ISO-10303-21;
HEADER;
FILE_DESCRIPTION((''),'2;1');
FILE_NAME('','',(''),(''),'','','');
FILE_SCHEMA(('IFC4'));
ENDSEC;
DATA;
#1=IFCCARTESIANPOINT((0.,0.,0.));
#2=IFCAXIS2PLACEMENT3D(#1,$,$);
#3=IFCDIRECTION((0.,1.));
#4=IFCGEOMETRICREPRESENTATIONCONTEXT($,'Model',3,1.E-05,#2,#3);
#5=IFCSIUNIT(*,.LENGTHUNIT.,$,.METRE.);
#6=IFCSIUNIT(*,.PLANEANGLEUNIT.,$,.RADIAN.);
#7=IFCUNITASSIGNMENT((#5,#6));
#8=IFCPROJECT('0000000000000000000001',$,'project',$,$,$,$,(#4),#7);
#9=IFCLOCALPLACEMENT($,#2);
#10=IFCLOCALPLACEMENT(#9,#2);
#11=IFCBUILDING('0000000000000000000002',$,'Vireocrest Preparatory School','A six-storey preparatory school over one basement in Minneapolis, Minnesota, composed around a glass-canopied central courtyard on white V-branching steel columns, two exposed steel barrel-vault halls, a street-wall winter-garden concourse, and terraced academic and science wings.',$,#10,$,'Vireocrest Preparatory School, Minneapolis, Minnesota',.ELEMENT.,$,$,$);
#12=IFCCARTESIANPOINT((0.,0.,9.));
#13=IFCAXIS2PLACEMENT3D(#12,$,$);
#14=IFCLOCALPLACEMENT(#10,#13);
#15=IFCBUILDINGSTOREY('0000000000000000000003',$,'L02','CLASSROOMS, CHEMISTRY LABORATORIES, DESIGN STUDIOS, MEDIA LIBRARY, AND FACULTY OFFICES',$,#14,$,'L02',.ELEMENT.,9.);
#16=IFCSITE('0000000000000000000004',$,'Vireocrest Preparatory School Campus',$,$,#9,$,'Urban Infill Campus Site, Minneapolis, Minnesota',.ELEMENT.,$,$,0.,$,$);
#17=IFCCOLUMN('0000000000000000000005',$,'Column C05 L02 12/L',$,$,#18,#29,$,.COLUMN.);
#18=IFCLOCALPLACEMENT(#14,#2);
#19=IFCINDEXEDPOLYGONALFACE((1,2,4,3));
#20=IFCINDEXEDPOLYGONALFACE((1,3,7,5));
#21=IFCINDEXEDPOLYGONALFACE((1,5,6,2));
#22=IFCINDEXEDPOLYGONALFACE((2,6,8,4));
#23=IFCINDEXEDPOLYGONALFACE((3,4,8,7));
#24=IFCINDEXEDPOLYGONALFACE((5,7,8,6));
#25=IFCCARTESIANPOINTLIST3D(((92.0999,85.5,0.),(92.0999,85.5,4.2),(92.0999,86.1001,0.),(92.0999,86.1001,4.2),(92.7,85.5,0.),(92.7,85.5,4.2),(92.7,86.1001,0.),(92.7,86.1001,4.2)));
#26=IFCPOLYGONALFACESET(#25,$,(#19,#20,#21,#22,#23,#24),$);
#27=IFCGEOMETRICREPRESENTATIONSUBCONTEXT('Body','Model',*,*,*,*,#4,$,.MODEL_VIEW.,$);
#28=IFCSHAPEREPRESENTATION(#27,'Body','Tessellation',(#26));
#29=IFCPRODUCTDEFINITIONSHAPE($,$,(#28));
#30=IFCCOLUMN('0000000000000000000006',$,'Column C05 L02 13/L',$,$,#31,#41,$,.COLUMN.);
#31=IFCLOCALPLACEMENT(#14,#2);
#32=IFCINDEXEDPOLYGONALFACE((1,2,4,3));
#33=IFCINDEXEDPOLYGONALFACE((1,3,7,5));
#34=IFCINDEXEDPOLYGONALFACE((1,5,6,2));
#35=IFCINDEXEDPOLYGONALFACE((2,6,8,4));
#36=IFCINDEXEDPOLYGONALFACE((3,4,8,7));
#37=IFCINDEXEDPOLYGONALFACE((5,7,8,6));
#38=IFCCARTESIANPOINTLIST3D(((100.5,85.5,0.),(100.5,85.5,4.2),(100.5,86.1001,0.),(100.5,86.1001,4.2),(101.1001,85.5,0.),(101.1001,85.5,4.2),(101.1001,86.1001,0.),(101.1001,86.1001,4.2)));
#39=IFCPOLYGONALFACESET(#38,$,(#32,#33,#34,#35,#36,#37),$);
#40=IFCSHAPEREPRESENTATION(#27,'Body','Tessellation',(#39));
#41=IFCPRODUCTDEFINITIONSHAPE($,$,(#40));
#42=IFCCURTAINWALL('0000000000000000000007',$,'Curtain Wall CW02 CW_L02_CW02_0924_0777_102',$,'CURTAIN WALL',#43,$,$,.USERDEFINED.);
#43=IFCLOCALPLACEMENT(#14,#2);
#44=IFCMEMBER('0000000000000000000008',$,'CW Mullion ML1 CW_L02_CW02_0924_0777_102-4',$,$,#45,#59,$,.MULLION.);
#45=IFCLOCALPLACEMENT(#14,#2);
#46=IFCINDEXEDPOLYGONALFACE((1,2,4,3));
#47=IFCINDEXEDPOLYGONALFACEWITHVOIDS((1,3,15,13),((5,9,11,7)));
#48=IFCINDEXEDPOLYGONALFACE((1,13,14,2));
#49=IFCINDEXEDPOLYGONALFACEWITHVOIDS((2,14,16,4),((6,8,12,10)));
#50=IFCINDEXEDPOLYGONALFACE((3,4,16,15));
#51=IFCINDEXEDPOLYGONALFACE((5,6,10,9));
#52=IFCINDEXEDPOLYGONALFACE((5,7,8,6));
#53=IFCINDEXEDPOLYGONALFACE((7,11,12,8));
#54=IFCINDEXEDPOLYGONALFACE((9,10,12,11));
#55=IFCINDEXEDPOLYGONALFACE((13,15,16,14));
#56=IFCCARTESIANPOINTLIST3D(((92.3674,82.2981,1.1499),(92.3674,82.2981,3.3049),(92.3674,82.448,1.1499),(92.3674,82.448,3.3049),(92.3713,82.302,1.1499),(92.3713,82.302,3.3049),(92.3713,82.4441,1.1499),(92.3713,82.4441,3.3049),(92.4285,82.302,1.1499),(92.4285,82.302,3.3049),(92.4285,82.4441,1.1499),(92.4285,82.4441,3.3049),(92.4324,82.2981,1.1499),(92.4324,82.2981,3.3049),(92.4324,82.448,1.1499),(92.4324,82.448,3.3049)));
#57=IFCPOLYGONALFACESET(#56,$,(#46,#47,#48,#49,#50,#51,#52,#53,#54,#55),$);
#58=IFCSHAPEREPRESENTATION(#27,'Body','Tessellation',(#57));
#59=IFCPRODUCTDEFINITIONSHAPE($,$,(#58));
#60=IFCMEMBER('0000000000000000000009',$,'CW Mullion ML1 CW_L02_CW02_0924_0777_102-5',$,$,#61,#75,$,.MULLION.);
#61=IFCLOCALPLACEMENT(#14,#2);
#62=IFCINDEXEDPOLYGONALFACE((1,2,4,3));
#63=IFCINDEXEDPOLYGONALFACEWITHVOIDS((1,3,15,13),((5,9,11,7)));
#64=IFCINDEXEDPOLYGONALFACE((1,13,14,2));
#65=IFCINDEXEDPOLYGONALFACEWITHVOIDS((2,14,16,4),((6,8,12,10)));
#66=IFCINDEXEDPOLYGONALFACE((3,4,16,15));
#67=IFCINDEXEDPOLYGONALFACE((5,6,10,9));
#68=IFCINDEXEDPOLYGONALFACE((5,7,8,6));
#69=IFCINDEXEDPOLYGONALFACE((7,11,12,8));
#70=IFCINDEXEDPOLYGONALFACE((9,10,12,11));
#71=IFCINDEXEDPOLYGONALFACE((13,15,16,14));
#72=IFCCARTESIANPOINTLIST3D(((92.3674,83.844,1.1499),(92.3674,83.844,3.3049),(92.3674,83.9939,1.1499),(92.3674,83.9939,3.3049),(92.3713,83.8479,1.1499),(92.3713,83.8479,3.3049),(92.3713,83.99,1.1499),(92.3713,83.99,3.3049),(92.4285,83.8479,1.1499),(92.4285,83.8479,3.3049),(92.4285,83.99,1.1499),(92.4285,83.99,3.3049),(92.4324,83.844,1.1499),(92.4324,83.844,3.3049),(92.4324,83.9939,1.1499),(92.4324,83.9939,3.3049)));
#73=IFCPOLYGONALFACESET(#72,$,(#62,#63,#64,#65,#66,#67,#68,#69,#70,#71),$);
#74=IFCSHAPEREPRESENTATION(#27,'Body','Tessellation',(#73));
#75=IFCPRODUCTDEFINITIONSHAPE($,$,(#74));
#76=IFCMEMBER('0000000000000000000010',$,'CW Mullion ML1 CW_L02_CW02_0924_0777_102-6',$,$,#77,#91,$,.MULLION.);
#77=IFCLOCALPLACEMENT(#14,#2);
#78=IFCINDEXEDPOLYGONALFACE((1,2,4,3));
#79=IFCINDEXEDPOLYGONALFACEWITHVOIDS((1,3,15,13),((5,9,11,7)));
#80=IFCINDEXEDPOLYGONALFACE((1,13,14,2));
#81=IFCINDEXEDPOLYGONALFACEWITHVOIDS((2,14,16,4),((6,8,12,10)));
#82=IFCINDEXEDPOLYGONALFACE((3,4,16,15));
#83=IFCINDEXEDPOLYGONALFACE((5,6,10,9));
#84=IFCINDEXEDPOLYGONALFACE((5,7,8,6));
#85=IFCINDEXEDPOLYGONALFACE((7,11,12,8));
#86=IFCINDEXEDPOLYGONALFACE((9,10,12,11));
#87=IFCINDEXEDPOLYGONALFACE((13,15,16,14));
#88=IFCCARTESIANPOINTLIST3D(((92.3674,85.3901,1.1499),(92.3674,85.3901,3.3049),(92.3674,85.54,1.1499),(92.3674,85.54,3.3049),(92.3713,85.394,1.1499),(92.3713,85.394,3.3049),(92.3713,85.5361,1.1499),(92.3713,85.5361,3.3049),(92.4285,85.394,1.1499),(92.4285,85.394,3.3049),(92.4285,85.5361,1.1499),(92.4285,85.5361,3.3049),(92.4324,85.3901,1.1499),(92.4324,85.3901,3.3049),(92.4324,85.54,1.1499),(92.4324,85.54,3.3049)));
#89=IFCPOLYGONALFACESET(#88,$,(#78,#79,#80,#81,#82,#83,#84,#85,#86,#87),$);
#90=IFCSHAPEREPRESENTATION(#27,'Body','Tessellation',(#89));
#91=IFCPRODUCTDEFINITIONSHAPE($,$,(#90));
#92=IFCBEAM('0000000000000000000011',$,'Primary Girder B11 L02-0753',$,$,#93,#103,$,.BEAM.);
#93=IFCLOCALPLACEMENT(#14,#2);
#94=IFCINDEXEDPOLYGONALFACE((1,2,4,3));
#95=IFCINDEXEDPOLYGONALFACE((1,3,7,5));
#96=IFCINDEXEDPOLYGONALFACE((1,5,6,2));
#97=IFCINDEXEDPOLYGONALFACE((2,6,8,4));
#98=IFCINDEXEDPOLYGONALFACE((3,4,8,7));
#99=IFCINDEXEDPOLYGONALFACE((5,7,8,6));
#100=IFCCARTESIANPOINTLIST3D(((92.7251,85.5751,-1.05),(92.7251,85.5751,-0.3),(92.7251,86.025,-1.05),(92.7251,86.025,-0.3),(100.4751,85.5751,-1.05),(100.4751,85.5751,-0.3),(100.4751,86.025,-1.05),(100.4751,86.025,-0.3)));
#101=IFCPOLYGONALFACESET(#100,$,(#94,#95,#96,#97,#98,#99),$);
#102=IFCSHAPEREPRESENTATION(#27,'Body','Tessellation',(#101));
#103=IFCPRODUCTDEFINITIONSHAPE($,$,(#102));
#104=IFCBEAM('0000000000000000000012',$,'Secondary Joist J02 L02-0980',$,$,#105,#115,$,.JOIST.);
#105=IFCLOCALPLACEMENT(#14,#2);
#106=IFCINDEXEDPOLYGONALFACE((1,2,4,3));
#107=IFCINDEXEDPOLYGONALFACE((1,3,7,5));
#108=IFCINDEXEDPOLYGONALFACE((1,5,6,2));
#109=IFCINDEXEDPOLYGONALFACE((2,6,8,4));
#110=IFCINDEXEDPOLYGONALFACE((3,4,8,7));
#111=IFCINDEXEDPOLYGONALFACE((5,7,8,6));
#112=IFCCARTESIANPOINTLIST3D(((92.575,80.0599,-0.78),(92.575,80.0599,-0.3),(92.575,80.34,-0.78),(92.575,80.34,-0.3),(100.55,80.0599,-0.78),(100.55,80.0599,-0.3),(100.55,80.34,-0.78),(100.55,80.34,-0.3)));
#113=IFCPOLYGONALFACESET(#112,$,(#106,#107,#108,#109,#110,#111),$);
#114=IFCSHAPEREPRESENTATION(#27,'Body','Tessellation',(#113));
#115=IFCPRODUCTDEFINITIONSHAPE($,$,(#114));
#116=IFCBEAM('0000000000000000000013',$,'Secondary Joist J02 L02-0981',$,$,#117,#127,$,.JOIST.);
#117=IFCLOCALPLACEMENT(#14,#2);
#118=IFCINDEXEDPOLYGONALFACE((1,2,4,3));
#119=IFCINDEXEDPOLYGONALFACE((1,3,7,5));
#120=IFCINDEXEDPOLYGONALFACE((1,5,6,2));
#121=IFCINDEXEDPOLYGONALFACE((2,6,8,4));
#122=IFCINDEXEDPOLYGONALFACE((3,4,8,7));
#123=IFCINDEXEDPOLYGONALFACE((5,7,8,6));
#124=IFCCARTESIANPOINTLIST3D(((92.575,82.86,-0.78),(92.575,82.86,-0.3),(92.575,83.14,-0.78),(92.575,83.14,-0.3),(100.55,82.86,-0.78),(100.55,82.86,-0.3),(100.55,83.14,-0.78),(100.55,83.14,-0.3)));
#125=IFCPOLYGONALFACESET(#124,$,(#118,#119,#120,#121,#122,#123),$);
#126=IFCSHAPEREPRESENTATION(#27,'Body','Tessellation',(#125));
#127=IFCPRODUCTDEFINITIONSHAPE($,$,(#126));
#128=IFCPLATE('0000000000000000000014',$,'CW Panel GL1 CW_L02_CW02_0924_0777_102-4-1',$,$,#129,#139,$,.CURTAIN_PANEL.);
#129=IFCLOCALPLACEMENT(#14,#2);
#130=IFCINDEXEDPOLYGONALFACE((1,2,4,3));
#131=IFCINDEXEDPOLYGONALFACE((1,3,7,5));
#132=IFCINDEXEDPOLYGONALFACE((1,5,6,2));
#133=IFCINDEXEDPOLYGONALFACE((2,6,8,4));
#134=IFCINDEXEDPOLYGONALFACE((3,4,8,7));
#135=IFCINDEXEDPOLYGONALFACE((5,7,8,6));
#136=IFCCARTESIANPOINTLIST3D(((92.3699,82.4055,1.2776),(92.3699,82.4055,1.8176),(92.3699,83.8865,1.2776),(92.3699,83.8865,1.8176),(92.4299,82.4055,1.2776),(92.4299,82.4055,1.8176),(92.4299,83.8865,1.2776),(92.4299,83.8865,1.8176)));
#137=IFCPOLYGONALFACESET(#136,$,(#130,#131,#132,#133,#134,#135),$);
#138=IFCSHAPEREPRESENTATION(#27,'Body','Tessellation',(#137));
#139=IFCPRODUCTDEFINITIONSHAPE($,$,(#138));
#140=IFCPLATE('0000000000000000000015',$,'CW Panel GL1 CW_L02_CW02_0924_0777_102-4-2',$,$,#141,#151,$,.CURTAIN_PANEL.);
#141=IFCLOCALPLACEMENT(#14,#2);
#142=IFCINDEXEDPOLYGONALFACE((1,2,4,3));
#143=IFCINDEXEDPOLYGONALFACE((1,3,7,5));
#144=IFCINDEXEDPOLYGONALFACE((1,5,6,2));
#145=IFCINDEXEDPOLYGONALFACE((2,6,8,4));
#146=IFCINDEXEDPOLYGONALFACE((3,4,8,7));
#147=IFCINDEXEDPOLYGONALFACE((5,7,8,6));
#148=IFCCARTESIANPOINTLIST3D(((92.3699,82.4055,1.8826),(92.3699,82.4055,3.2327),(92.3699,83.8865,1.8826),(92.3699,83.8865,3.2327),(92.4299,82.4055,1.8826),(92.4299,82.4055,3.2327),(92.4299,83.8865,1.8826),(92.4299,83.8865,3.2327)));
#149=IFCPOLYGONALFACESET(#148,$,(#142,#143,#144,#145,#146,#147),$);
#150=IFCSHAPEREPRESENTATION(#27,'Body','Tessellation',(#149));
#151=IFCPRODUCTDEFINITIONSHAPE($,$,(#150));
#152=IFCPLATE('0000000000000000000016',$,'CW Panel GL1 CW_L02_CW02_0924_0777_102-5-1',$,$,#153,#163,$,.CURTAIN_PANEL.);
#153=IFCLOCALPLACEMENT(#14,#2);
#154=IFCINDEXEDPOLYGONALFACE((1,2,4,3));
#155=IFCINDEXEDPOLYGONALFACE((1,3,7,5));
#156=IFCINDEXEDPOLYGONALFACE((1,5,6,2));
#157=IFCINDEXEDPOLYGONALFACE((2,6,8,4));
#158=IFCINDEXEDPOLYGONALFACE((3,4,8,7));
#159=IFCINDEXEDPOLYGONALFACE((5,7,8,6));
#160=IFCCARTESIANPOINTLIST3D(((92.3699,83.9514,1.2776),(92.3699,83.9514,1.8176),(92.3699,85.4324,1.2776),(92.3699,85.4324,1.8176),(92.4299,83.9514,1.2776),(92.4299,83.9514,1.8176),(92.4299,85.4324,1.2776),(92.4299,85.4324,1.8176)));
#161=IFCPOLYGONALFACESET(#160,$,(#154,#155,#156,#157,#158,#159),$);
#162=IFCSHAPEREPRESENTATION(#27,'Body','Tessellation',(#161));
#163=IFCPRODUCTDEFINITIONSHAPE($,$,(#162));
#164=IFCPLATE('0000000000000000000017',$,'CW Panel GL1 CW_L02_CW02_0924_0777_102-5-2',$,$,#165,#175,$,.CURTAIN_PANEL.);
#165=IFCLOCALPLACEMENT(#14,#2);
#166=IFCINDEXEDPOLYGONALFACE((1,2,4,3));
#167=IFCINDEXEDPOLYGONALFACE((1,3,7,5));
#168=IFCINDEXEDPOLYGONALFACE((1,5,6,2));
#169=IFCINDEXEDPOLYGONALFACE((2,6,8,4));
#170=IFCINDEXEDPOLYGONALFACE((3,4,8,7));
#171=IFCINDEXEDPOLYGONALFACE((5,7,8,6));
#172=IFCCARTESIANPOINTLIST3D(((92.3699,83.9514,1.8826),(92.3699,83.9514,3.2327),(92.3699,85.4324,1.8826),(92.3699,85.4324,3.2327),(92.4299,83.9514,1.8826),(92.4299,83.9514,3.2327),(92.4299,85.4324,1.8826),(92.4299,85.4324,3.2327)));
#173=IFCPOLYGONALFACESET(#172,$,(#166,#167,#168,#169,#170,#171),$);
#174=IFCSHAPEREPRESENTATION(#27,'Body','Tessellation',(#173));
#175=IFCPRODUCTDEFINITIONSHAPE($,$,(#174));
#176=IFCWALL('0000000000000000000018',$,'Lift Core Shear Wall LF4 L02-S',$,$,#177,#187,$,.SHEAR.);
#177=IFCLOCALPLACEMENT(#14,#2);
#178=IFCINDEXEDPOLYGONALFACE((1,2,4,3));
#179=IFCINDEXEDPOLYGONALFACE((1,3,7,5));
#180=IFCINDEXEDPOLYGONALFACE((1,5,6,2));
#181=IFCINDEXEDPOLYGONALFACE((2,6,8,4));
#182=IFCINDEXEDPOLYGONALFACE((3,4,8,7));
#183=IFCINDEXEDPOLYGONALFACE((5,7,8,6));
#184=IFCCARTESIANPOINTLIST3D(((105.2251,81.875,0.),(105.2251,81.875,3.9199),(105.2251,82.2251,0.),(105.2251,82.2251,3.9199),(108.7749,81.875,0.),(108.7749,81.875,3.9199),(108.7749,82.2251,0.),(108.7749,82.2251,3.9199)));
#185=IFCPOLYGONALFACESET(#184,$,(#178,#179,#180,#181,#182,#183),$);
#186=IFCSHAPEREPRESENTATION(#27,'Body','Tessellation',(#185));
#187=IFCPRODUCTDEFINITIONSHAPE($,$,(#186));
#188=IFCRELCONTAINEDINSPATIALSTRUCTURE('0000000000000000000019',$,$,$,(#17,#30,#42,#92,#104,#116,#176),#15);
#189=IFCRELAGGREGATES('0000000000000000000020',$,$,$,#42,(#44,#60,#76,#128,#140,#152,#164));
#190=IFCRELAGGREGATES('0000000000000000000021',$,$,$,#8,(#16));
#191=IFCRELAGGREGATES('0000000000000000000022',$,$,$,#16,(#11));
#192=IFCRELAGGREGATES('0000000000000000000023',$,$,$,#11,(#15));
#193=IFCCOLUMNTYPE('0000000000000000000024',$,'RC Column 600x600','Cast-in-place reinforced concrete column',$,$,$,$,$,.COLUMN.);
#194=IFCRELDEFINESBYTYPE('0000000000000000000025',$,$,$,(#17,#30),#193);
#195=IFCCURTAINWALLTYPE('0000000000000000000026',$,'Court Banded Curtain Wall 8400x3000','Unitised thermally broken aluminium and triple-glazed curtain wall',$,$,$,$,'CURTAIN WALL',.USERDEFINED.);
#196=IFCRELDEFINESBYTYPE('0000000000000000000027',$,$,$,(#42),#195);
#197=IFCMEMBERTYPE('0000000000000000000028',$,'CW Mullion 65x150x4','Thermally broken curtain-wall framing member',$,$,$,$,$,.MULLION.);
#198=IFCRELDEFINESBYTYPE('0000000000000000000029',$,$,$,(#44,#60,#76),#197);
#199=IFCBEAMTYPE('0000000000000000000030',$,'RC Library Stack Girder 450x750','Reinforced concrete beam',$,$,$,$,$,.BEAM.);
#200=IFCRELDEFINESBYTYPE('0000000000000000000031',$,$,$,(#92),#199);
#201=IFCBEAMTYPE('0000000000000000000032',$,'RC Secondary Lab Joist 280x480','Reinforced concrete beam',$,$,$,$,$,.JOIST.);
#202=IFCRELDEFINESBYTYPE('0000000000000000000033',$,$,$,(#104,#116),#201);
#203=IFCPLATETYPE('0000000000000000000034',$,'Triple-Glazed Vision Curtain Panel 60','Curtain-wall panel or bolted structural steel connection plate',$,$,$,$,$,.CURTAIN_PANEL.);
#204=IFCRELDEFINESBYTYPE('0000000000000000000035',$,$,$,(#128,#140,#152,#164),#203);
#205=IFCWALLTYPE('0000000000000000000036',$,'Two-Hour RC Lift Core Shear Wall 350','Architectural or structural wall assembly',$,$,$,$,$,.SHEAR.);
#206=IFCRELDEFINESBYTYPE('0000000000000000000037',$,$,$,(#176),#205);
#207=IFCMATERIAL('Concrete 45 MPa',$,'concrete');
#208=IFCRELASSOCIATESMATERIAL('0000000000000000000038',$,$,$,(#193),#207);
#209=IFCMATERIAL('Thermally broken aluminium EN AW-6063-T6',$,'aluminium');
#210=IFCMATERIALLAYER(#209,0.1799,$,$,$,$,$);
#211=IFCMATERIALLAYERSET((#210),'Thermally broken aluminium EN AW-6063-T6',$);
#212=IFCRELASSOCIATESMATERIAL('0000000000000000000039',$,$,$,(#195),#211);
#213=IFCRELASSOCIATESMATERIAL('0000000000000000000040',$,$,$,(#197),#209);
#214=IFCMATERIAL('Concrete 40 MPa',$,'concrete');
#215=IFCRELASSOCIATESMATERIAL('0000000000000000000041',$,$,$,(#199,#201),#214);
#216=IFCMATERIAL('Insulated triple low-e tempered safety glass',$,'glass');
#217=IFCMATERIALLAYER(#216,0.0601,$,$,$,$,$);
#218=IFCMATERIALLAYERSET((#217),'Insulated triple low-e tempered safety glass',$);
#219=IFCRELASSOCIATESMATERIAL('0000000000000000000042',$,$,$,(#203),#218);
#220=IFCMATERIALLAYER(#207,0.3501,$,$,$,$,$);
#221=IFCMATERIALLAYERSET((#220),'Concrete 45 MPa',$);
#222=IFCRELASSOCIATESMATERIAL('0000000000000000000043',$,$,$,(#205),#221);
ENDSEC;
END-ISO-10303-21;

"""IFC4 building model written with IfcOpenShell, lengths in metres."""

from ifc_helpers import new_model, si_unit, direction, frame, frame_2d, origin, origin_2d, place, context, subcontext, project, spatial, rectangle, hollow_rectangle, extrude, material, layer, layer_set, material_profile, profile_set, type_object, element, aggregate, save


model = new_model("IFC4")

# Units and contexts
model_context = context("Model", 3, precision=1e-05, world=origin(), true_north=direction((0.0, 1.0)))
body_context = subcontext(model_context, "Body", "Model", "MODEL_VIEW")
ifc_project = project(units=[si_unit("LENGTHUNIT", "METRE"), si_unit("PLANEANGLEUNIT", "RADIAN")], contexts=[model_context])

# Site, building, storey
site_placement = place(None, origin())
site = spatial("IfcSite", under=ifc_project, at=site_placement, Name="Vireocrest Preparatory School Campus", LongName="Urban Infill Campus Site, Minneapolis, Minnesota", CompositionType="ELEMENT", RefElevation=0.0)
building_placement = place(site_placement, origin())
building = spatial("IfcBuilding", under=site, at=building_placement, Name="Vireocrest Preparatory School", Description="A six-storey preparatory school over one basement in Minneapolis, Minnesota, composed around a glass-canopied central courtyard on white V-branching steel columns, two exposed steel barrel-vault halls, a street-wall winter-garden concourse, and terraced academic and science wings.", LongName="Vireocrest Preparatory School, Minneapolis, Minnesota", CompositionType="ELEMENT")
storey_placement = place(building_placement, frame((0.0, 0.0, 9.0)))
storey = spatial("IfcBuildingStorey", under=building, at=storey_placement, Name="L02", Description="CLASSROOMS, CHEMISTRY LABORATORIES, DESIGN STUDIOS, MEDIA LIBRARY, AND FACULTY OFFICES", LongName="L02", CompositionType="ELEMENT", Elevation=9.0)

# Columns
ifc_material_1 = material(Name="Concrete 45 MPa", Category="concrete")
ifc_material_profile_1 = material_profile(ifc_material_1, rectangle(XDim=0.6001, YDim=0.6001, at=origin_2d()), Name="RC 600x600")
ifc_profile_set_1 = profile_set([ifc_material_profile_1], Name="Concrete 45 MPa")
column_type = type_object("IfcColumnType", Name="RC Column 600x600", Description="Cast-in-place reinforced concrete column", PredefinedType="COLUMN", material=ifc_profile_set_1)
for number, where, z_axis, x_axis, name in (
    (1, (92.3999, 85.8, 0.0), (0.0, 0.0, 1.0), (1.0, 0.0, 0.0), "Column C05 L02 12/L"),
    (2, (100.8, 85.8, 0.0), (0.0, 0.0, 1.0), (1.0, 0.0, 0.0), "Column C05 L02 13/L"),
):
    element("IfcColumn", number, at=place(storey_placement, frame(where, z_axis=z_axis, x_axis=x_axis)), inside=storey, type_object=column_type, Name=name, PredefinedType="COLUMN", context=body_context, shape_type="SweptSolid", body=[
        extrude(rectangle(XDim=0.6001, YDim=0.6001, at=origin_2d()), origin(), (0.0, 0.0, 1.0), 4.2),
    ])

# Curtain wall, members
ifc_material_2 = material(Name="Thermally broken aluminium EN AW-6063-T6", Category="aluminium")
ifc_layer_1 = layer(ifc_material_2, 0.1799)
ifc_layer_set_1 = layer_set([ifc_layer_1], Name="Thermally broken aluminium EN AW-6063-T6")
curtain_wall_type = type_object("IfcCurtainWallType", Name="Court Banded Curtain Wall 8400x3000", Description="Unitised thermally broken aluminium and triple-glazed curtain wall", ElementType="CURTAIN WALL", PredefinedType="USERDEFINED", material=ifc_layer_set_1)
curtain_wall_placement = place(storey_placement, origin())
curtain_wall = element("IfcCurtainWall", 3, at=curtain_wall_placement, inside=storey, type_object=curtain_wall_type, Name="Curtain Wall CW02 CW_L02_CW02_0924_0777_102", ObjectType="CURTAIN WALL", PredefinedType="USERDEFINED")
ifc_material_profile_2 = material_profile(ifc_material_2, hollow_rectangle(XDim=0.0649, YDim=0.1499, WallThickness=0.0039, at=origin_2d()), Name="ALU 65x150x4")
ifc_profile_set_2 = profile_set([ifc_material_profile_2], Name="Thermally broken aluminium EN AW-6063-T6")
member_type = type_object("IfcMemberType", Name="CW Mullion 65x150x4", Description="Thermally broken curtain-wall framing member", PredefinedType="MULLION", material=ifc_profile_set_2)
member_1_placement = place(storey_placement, frame((92.3999, 82.373, 1.1499), z_axis=(0.0, 0.0, 1.0), x_axis=(1.0, 0.0, 0.0)))
member_1 = element("IfcMember", 4, at=member_1_placement, type_object=member_type, Name="CW Mullion ML1 CW_L02_CW02_0924_0777_102-4", PredefinedType="MULLION", context=body_context, shape_type="SweptSolid", body=[
    extrude(hollow_rectangle(XDim=0.0649, YDim=0.1499, WallThickness=0.0039, at=origin_2d()), origin(), (0.0, 0.0, 1.0), 2.155),
])
member_2_placement = place(storey_placement, frame((92.3999, 83.9189, 1.1499), z_axis=(0.0, 0.0, 1.0), x_axis=(1.0, 0.0, 0.0)))
member_2 = element("IfcMember", 5, at=member_2_placement, type_object=member_type, Name="CW Mullion ML1 CW_L02_CW02_0924_0777_102-5", PredefinedType="MULLION", context=body_context, shape_type="SweptSolid", body=[
    extrude(hollow_rectangle(XDim=0.0649, YDim=0.1499, WallThickness=0.0039, at=origin_2d()), origin(), (0.0, 0.0, 1.0), 2.155),
])
member_3_placement = place(storey_placement, frame((92.3999, 85.4651, 1.1499), z_axis=(0.0, 0.0, 1.0), x_axis=(1.0, 0.0, 0.0)))
member_3 = element("IfcMember", 6, at=member_3_placement, type_object=member_type, Name="CW Mullion ML1 CW_L02_CW02_0924_0777_102-6", PredefinedType="MULLION", context=body_context, shape_type="SweptSolid", body=[
    extrude(hollow_rectangle(XDim=0.0649, YDim=0.1499, WallThickness=0.0039, at=origin_2d()), origin(), (0.0, 0.0, 1.0), 2.155),
])

# Beams
ifc_material_3 = material(Name="Concrete 40 MPa", Category="concrete")
ifc_material_profile_3 = material_profile(ifc_material_3, rectangle(XDim=0.45, YDim=0.75, at=origin_2d()), Name="RC 450x750")
ifc_profile_set_3 = profile_set([ifc_material_profile_3], Name="Concrete 40 MPa")
beam_type_1 = type_object("IfcBeamType", Name="RC Library Stack Girder 450x750", Description="Reinforced concrete beam", PredefinedType="BEAM", material=ifc_profile_set_3)
beam_placement = place(storey_placement, frame((92.7251, 85.8, -0.675), z_axis=(1.0, 0.0, 0.0), x_axis=(0.0, 1.0, 0.0)))
element("IfcBeam", 7, at=beam_placement, inside=storey, type_object=beam_type_1, Name="Primary Girder B11 L02-0753", PredefinedType="BEAM", context=body_context, shape_type="SweptSolid", body=[
    extrude(rectangle(XDim=0.45, YDim=0.75, at=origin_2d()), origin(), (0.0, 0.0, 1.0), 7.75),
])
ifc_material_profile_4 = material_profile(ifc_material_3, rectangle(XDim=0.28, YDim=0.48, at=origin_2d()), Name="RC 280x480")
ifc_profile_set_4 = profile_set([ifc_material_profile_4], Name="Concrete 40 MPa")
beam_type_2 = type_object("IfcBeamType", Name="RC Secondary Lab Joist 280x480", Description="Reinforced concrete beam", PredefinedType="JOIST", material=ifc_profile_set_4)
for number, where, z_axis, x_axis, name in (
    (8, (92.575, 80.2, -0.54), (1.0, 0.0, 0.0), (0.0, 1.0, 0.0), "Secondary Joist J02 L02-0980"),
    (9, (92.575, 83.0, -0.54), (1.0, 0.0, 0.0), (0.0, 1.0, 0.0), "Secondary Joist J02 L02-0981"),
):
    element("IfcBeam", number, at=place(storey_placement, frame(where, z_axis=z_axis, x_axis=x_axis)), inside=storey, type_object=beam_type_2, Name=name, PredefinedType="JOIST", context=body_context, shape_type="SweptSolid", body=[
        extrude(rectangle(XDim=0.28, YDim=0.48, at=origin_2d()), origin(), (0.0, 0.0, 1.0), 7.9751),
    ])

# Plates
ifc_material_4 = material(Name="Insulated triple low-e tempered safety glass", Category="glass")
ifc_layer_2 = layer(ifc_material_4, 0.0601)
ifc_layer_set_2 = layer_set([ifc_layer_2], Name="Insulated triple low-e tempered safety glass")
plate_type = type_object("IfcPlateType", Name="Triple-Glazed Vision Curtain Panel 60", Description="Curtain-wall panel or bolted structural steel connection plate", PredefinedType="CURTAIN_PANEL", material=ifc_layer_set_2)
plate_1_placement = place(storey_placement, frame((92.3999, 83.146, 1.2776), z_axis=(0.0, 0.0, 1.0), x_axis=(0.0, 1.0, 0.0)))
plate_1 = element("IfcPlate", 10, at=plate_1_placement, type_object=plate_type, Name="CW Panel GL1 CW_L02_CW02_0924_0777_102-4-1", PredefinedType="CURTAIN_PANEL", context=body_context, shape_type="SweptSolid", body=[
    extrude(rectangle(XDim=1.481, YDim=0.0601, at=origin_2d()), origin(), (0.0, 0.0, 1.0), 0.54),
])
plate_2_placement = place(storey_placement, frame((92.3999, 83.146, 1.8826), z_axis=(0.0, 0.0, 1.0), x_axis=(0.0, 1.0, 0.0)))
plate_2 = element("IfcPlate", 11, at=plate_2_placement, type_object=plate_type, Name="CW Panel GL1 CW_L02_CW02_0924_0777_102-4-2", PredefinedType="CURTAIN_PANEL", context=body_context, shape_type="SweptSolid", body=[
    extrude(rectangle(XDim=1.481, YDim=0.0601, at=origin_2d()), origin(), (0.0, 0.0, 1.0), 1.3501),
])
plate_3_placement = place(storey_placement, frame((92.3999, 84.6919, 1.2776), z_axis=(0.0, 0.0, 1.0), x_axis=(0.0, 1.0, 0.0)))
plate_3 = element("IfcPlate", 12, at=plate_3_placement, type_object=plate_type, Name="CW Panel GL1 CW_L02_CW02_0924_0777_102-5-1", PredefinedType="CURTAIN_PANEL", context=body_context, shape_type="SweptSolid", body=[
    extrude(rectangle(XDim=1.481, YDim=0.0601, at=origin_2d()), origin(), (0.0, 0.0, 1.0), 0.54),
])
plate_4_placement = place(storey_placement, frame((92.3999, 84.6919, 1.8826), z_axis=(0.0, 0.0, 1.0), x_axis=(0.0, 1.0, 0.0)))
plate_4 = element("IfcPlate", 13, at=plate_4_placement, type_object=plate_type, Name="CW Panel GL1 CW_L02_CW02_0924_0777_102-5-2", PredefinedType="CURTAIN_PANEL", context=body_context, shape_type="SweptSolid", body=[
    extrude(rectangle(XDim=1.481, YDim=0.0601, at=origin_2d()), origin(), (0.0, 0.0, 1.0), 1.3501),
])
aggregate(curtain_wall, [member_1, member_2, member_3, plate_1, plate_2, plate_3, plate_4])

# Wall
ifc_layer_3 = layer(ifc_material_1, 0.3501)
ifc_layer_set_3 = layer_set([ifc_layer_3], Name="Concrete 45 MPa")
wall_type_1 = type_object("IfcWallType", Name="Two-Hour RC Lift Core Shear Wall 350", Description="Architectural or structural wall assembly", PredefinedType="SHEAR", material=ifc_layer_set_3)
for number, where, z_axis, x_axis, name in (
    (14, (105.2251, 82.05, 0.0), (0.0, 0.0, 1.0), (1.0, 0.0, 0.0), "Lift Core Shear Wall LF4 L02-S"),
):
    element("IfcWall", number, at=place(storey_placement, frame(where, z_axis=z_axis, x_axis=x_axis)), inside=storey, type_object=wall_type_1, Name=name, PredefinedType="SHEAR", context=body_context, shape_type="SweptSolid", body=[
        extrude(rectangle(XDim=3.5498, YDim=0.3501, at=frame_2d((1.7749, 0.0))), origin(), (0.0, 0.0, 1.0), 3.9199),
    ])

save(model, "model.ifc")
